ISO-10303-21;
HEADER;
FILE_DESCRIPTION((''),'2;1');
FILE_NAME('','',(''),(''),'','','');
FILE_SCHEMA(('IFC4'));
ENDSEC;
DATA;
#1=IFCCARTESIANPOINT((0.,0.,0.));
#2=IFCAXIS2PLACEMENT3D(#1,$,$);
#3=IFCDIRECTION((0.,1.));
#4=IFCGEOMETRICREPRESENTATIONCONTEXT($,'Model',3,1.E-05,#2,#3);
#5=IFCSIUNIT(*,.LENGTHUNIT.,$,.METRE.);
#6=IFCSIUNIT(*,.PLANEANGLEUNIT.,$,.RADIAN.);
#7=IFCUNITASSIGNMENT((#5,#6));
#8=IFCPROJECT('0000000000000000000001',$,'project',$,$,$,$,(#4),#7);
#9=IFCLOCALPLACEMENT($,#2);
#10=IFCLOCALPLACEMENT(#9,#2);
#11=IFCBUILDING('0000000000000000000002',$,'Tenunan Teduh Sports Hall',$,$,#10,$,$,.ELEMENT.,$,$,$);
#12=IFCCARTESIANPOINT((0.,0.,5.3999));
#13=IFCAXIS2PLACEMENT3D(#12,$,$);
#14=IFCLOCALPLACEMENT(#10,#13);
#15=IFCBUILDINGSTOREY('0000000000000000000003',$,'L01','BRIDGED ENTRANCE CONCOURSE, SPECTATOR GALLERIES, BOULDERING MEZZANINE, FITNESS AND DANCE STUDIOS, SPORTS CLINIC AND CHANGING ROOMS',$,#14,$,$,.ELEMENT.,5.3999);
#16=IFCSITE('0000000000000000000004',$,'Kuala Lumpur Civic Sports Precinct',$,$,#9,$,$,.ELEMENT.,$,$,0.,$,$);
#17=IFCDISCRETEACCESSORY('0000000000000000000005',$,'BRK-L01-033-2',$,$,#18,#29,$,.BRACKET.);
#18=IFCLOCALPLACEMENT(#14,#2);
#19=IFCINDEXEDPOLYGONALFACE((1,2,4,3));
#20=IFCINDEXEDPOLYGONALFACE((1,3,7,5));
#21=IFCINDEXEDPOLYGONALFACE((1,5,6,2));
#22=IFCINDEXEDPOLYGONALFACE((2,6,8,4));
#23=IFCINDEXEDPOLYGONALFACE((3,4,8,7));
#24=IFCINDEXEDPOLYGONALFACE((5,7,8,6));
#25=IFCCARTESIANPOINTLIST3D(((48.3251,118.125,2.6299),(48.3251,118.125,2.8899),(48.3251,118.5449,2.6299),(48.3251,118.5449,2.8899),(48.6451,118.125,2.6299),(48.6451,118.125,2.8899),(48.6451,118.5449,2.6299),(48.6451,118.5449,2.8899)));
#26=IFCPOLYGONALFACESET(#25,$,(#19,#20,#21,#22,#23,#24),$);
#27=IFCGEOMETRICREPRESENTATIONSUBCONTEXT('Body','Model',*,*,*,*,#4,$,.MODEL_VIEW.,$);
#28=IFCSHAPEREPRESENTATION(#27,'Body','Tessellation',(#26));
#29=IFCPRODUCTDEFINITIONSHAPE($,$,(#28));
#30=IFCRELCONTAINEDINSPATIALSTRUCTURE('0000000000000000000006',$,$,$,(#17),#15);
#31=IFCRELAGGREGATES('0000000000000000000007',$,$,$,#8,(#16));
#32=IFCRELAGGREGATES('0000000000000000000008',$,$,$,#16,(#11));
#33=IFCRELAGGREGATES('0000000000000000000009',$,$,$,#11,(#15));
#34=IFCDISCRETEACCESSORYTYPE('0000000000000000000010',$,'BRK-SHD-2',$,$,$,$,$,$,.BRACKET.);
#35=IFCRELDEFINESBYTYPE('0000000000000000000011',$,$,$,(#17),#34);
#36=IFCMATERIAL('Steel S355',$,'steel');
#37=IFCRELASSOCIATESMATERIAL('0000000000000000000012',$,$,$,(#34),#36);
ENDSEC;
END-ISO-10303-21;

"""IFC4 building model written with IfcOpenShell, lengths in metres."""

from ifc_helpers import new_model, si_unit, direction, frame, origin, origin_2d, place, context, subcontext, project, spatial, rectangle, extrude, material, type_object, element, save


model = new_model("IFC4")

# Units and contexts
model_context = context("Model", 3, precision=1e-05, world=origin(), true_north=direction((0.0, 1.0)))
body_context = subcontext(model_context, "Body", "Model", "MODEL_VIEW")
ifc_project = project(units=[si_unit("LENGTHUNIT", "METRE"), si_unit("PLANEANGLEUNIT", "RADIAN")], contexts=[model_context])

# Site, building, storey
site_placement = place(None, origin())
site = spatial("IfcSite", under=ifc_project, at=site_placement, Name="Kuala Lumpur Civic Sports Precinct", CompositionType="ELEMENT", RefElevation=0.0)
building_placement = place(site_placement, origin())
building = spatial("IfcBuilding", under=site, at=building_placement, Name="Tenunan Teduh Sports Hall", CompositionType="ELEMENT")
storey_placement = place(building_placement, frame((0.0, 0.0, 5.3999)))
storey = spatial("IfcBuildingStorey", under=building, at=storey_placement, Name="L01", Description="BRIDGED ENTRANCE CONCOURSE, SPECTATOR GALLERIES, BOULDERING MEZZANINE, FITNESS AND DANCE STUDIOS, SPORTS CLINIC AND CHANGING ROOMS", CompositionType="ELEMENT", Elevation=5.3999)

# Discrete accessory
ifc_material_1 = material(Name="Steel S355", Category="steel")
discrete_accessory_type = type_object("IfcDiscreteAccessoryType", Name="BRK-SHD-2", PredefinedType="BRACKET", material=ifc_material_1)
for number, where, z_axis, x_axis, name in (
    (1, (48.4851, 118.335, 2.6299), (0.0, 0.0, 1.0), (1.0, 0.0, 0.0), "BRK-L01-033-2"),
):
    element("IfcDiscreteAccessory", number, at=place(storey_placement, frame(where, z_axis=z_axis, x_axis=x_axis)), inside=storey, type_object=discrete_accessory_type, Name=name, PredefinedType="BRACKET", context=body_context, shape_type="SweptSolid", body=[
        extrude(rectangle(XDim=0.3201, YDim=0.4199, at=origin_2d()), origin(), (0.0, 0.0, 1.0), 0.26),
    ])

save(model, "model.ifc")
